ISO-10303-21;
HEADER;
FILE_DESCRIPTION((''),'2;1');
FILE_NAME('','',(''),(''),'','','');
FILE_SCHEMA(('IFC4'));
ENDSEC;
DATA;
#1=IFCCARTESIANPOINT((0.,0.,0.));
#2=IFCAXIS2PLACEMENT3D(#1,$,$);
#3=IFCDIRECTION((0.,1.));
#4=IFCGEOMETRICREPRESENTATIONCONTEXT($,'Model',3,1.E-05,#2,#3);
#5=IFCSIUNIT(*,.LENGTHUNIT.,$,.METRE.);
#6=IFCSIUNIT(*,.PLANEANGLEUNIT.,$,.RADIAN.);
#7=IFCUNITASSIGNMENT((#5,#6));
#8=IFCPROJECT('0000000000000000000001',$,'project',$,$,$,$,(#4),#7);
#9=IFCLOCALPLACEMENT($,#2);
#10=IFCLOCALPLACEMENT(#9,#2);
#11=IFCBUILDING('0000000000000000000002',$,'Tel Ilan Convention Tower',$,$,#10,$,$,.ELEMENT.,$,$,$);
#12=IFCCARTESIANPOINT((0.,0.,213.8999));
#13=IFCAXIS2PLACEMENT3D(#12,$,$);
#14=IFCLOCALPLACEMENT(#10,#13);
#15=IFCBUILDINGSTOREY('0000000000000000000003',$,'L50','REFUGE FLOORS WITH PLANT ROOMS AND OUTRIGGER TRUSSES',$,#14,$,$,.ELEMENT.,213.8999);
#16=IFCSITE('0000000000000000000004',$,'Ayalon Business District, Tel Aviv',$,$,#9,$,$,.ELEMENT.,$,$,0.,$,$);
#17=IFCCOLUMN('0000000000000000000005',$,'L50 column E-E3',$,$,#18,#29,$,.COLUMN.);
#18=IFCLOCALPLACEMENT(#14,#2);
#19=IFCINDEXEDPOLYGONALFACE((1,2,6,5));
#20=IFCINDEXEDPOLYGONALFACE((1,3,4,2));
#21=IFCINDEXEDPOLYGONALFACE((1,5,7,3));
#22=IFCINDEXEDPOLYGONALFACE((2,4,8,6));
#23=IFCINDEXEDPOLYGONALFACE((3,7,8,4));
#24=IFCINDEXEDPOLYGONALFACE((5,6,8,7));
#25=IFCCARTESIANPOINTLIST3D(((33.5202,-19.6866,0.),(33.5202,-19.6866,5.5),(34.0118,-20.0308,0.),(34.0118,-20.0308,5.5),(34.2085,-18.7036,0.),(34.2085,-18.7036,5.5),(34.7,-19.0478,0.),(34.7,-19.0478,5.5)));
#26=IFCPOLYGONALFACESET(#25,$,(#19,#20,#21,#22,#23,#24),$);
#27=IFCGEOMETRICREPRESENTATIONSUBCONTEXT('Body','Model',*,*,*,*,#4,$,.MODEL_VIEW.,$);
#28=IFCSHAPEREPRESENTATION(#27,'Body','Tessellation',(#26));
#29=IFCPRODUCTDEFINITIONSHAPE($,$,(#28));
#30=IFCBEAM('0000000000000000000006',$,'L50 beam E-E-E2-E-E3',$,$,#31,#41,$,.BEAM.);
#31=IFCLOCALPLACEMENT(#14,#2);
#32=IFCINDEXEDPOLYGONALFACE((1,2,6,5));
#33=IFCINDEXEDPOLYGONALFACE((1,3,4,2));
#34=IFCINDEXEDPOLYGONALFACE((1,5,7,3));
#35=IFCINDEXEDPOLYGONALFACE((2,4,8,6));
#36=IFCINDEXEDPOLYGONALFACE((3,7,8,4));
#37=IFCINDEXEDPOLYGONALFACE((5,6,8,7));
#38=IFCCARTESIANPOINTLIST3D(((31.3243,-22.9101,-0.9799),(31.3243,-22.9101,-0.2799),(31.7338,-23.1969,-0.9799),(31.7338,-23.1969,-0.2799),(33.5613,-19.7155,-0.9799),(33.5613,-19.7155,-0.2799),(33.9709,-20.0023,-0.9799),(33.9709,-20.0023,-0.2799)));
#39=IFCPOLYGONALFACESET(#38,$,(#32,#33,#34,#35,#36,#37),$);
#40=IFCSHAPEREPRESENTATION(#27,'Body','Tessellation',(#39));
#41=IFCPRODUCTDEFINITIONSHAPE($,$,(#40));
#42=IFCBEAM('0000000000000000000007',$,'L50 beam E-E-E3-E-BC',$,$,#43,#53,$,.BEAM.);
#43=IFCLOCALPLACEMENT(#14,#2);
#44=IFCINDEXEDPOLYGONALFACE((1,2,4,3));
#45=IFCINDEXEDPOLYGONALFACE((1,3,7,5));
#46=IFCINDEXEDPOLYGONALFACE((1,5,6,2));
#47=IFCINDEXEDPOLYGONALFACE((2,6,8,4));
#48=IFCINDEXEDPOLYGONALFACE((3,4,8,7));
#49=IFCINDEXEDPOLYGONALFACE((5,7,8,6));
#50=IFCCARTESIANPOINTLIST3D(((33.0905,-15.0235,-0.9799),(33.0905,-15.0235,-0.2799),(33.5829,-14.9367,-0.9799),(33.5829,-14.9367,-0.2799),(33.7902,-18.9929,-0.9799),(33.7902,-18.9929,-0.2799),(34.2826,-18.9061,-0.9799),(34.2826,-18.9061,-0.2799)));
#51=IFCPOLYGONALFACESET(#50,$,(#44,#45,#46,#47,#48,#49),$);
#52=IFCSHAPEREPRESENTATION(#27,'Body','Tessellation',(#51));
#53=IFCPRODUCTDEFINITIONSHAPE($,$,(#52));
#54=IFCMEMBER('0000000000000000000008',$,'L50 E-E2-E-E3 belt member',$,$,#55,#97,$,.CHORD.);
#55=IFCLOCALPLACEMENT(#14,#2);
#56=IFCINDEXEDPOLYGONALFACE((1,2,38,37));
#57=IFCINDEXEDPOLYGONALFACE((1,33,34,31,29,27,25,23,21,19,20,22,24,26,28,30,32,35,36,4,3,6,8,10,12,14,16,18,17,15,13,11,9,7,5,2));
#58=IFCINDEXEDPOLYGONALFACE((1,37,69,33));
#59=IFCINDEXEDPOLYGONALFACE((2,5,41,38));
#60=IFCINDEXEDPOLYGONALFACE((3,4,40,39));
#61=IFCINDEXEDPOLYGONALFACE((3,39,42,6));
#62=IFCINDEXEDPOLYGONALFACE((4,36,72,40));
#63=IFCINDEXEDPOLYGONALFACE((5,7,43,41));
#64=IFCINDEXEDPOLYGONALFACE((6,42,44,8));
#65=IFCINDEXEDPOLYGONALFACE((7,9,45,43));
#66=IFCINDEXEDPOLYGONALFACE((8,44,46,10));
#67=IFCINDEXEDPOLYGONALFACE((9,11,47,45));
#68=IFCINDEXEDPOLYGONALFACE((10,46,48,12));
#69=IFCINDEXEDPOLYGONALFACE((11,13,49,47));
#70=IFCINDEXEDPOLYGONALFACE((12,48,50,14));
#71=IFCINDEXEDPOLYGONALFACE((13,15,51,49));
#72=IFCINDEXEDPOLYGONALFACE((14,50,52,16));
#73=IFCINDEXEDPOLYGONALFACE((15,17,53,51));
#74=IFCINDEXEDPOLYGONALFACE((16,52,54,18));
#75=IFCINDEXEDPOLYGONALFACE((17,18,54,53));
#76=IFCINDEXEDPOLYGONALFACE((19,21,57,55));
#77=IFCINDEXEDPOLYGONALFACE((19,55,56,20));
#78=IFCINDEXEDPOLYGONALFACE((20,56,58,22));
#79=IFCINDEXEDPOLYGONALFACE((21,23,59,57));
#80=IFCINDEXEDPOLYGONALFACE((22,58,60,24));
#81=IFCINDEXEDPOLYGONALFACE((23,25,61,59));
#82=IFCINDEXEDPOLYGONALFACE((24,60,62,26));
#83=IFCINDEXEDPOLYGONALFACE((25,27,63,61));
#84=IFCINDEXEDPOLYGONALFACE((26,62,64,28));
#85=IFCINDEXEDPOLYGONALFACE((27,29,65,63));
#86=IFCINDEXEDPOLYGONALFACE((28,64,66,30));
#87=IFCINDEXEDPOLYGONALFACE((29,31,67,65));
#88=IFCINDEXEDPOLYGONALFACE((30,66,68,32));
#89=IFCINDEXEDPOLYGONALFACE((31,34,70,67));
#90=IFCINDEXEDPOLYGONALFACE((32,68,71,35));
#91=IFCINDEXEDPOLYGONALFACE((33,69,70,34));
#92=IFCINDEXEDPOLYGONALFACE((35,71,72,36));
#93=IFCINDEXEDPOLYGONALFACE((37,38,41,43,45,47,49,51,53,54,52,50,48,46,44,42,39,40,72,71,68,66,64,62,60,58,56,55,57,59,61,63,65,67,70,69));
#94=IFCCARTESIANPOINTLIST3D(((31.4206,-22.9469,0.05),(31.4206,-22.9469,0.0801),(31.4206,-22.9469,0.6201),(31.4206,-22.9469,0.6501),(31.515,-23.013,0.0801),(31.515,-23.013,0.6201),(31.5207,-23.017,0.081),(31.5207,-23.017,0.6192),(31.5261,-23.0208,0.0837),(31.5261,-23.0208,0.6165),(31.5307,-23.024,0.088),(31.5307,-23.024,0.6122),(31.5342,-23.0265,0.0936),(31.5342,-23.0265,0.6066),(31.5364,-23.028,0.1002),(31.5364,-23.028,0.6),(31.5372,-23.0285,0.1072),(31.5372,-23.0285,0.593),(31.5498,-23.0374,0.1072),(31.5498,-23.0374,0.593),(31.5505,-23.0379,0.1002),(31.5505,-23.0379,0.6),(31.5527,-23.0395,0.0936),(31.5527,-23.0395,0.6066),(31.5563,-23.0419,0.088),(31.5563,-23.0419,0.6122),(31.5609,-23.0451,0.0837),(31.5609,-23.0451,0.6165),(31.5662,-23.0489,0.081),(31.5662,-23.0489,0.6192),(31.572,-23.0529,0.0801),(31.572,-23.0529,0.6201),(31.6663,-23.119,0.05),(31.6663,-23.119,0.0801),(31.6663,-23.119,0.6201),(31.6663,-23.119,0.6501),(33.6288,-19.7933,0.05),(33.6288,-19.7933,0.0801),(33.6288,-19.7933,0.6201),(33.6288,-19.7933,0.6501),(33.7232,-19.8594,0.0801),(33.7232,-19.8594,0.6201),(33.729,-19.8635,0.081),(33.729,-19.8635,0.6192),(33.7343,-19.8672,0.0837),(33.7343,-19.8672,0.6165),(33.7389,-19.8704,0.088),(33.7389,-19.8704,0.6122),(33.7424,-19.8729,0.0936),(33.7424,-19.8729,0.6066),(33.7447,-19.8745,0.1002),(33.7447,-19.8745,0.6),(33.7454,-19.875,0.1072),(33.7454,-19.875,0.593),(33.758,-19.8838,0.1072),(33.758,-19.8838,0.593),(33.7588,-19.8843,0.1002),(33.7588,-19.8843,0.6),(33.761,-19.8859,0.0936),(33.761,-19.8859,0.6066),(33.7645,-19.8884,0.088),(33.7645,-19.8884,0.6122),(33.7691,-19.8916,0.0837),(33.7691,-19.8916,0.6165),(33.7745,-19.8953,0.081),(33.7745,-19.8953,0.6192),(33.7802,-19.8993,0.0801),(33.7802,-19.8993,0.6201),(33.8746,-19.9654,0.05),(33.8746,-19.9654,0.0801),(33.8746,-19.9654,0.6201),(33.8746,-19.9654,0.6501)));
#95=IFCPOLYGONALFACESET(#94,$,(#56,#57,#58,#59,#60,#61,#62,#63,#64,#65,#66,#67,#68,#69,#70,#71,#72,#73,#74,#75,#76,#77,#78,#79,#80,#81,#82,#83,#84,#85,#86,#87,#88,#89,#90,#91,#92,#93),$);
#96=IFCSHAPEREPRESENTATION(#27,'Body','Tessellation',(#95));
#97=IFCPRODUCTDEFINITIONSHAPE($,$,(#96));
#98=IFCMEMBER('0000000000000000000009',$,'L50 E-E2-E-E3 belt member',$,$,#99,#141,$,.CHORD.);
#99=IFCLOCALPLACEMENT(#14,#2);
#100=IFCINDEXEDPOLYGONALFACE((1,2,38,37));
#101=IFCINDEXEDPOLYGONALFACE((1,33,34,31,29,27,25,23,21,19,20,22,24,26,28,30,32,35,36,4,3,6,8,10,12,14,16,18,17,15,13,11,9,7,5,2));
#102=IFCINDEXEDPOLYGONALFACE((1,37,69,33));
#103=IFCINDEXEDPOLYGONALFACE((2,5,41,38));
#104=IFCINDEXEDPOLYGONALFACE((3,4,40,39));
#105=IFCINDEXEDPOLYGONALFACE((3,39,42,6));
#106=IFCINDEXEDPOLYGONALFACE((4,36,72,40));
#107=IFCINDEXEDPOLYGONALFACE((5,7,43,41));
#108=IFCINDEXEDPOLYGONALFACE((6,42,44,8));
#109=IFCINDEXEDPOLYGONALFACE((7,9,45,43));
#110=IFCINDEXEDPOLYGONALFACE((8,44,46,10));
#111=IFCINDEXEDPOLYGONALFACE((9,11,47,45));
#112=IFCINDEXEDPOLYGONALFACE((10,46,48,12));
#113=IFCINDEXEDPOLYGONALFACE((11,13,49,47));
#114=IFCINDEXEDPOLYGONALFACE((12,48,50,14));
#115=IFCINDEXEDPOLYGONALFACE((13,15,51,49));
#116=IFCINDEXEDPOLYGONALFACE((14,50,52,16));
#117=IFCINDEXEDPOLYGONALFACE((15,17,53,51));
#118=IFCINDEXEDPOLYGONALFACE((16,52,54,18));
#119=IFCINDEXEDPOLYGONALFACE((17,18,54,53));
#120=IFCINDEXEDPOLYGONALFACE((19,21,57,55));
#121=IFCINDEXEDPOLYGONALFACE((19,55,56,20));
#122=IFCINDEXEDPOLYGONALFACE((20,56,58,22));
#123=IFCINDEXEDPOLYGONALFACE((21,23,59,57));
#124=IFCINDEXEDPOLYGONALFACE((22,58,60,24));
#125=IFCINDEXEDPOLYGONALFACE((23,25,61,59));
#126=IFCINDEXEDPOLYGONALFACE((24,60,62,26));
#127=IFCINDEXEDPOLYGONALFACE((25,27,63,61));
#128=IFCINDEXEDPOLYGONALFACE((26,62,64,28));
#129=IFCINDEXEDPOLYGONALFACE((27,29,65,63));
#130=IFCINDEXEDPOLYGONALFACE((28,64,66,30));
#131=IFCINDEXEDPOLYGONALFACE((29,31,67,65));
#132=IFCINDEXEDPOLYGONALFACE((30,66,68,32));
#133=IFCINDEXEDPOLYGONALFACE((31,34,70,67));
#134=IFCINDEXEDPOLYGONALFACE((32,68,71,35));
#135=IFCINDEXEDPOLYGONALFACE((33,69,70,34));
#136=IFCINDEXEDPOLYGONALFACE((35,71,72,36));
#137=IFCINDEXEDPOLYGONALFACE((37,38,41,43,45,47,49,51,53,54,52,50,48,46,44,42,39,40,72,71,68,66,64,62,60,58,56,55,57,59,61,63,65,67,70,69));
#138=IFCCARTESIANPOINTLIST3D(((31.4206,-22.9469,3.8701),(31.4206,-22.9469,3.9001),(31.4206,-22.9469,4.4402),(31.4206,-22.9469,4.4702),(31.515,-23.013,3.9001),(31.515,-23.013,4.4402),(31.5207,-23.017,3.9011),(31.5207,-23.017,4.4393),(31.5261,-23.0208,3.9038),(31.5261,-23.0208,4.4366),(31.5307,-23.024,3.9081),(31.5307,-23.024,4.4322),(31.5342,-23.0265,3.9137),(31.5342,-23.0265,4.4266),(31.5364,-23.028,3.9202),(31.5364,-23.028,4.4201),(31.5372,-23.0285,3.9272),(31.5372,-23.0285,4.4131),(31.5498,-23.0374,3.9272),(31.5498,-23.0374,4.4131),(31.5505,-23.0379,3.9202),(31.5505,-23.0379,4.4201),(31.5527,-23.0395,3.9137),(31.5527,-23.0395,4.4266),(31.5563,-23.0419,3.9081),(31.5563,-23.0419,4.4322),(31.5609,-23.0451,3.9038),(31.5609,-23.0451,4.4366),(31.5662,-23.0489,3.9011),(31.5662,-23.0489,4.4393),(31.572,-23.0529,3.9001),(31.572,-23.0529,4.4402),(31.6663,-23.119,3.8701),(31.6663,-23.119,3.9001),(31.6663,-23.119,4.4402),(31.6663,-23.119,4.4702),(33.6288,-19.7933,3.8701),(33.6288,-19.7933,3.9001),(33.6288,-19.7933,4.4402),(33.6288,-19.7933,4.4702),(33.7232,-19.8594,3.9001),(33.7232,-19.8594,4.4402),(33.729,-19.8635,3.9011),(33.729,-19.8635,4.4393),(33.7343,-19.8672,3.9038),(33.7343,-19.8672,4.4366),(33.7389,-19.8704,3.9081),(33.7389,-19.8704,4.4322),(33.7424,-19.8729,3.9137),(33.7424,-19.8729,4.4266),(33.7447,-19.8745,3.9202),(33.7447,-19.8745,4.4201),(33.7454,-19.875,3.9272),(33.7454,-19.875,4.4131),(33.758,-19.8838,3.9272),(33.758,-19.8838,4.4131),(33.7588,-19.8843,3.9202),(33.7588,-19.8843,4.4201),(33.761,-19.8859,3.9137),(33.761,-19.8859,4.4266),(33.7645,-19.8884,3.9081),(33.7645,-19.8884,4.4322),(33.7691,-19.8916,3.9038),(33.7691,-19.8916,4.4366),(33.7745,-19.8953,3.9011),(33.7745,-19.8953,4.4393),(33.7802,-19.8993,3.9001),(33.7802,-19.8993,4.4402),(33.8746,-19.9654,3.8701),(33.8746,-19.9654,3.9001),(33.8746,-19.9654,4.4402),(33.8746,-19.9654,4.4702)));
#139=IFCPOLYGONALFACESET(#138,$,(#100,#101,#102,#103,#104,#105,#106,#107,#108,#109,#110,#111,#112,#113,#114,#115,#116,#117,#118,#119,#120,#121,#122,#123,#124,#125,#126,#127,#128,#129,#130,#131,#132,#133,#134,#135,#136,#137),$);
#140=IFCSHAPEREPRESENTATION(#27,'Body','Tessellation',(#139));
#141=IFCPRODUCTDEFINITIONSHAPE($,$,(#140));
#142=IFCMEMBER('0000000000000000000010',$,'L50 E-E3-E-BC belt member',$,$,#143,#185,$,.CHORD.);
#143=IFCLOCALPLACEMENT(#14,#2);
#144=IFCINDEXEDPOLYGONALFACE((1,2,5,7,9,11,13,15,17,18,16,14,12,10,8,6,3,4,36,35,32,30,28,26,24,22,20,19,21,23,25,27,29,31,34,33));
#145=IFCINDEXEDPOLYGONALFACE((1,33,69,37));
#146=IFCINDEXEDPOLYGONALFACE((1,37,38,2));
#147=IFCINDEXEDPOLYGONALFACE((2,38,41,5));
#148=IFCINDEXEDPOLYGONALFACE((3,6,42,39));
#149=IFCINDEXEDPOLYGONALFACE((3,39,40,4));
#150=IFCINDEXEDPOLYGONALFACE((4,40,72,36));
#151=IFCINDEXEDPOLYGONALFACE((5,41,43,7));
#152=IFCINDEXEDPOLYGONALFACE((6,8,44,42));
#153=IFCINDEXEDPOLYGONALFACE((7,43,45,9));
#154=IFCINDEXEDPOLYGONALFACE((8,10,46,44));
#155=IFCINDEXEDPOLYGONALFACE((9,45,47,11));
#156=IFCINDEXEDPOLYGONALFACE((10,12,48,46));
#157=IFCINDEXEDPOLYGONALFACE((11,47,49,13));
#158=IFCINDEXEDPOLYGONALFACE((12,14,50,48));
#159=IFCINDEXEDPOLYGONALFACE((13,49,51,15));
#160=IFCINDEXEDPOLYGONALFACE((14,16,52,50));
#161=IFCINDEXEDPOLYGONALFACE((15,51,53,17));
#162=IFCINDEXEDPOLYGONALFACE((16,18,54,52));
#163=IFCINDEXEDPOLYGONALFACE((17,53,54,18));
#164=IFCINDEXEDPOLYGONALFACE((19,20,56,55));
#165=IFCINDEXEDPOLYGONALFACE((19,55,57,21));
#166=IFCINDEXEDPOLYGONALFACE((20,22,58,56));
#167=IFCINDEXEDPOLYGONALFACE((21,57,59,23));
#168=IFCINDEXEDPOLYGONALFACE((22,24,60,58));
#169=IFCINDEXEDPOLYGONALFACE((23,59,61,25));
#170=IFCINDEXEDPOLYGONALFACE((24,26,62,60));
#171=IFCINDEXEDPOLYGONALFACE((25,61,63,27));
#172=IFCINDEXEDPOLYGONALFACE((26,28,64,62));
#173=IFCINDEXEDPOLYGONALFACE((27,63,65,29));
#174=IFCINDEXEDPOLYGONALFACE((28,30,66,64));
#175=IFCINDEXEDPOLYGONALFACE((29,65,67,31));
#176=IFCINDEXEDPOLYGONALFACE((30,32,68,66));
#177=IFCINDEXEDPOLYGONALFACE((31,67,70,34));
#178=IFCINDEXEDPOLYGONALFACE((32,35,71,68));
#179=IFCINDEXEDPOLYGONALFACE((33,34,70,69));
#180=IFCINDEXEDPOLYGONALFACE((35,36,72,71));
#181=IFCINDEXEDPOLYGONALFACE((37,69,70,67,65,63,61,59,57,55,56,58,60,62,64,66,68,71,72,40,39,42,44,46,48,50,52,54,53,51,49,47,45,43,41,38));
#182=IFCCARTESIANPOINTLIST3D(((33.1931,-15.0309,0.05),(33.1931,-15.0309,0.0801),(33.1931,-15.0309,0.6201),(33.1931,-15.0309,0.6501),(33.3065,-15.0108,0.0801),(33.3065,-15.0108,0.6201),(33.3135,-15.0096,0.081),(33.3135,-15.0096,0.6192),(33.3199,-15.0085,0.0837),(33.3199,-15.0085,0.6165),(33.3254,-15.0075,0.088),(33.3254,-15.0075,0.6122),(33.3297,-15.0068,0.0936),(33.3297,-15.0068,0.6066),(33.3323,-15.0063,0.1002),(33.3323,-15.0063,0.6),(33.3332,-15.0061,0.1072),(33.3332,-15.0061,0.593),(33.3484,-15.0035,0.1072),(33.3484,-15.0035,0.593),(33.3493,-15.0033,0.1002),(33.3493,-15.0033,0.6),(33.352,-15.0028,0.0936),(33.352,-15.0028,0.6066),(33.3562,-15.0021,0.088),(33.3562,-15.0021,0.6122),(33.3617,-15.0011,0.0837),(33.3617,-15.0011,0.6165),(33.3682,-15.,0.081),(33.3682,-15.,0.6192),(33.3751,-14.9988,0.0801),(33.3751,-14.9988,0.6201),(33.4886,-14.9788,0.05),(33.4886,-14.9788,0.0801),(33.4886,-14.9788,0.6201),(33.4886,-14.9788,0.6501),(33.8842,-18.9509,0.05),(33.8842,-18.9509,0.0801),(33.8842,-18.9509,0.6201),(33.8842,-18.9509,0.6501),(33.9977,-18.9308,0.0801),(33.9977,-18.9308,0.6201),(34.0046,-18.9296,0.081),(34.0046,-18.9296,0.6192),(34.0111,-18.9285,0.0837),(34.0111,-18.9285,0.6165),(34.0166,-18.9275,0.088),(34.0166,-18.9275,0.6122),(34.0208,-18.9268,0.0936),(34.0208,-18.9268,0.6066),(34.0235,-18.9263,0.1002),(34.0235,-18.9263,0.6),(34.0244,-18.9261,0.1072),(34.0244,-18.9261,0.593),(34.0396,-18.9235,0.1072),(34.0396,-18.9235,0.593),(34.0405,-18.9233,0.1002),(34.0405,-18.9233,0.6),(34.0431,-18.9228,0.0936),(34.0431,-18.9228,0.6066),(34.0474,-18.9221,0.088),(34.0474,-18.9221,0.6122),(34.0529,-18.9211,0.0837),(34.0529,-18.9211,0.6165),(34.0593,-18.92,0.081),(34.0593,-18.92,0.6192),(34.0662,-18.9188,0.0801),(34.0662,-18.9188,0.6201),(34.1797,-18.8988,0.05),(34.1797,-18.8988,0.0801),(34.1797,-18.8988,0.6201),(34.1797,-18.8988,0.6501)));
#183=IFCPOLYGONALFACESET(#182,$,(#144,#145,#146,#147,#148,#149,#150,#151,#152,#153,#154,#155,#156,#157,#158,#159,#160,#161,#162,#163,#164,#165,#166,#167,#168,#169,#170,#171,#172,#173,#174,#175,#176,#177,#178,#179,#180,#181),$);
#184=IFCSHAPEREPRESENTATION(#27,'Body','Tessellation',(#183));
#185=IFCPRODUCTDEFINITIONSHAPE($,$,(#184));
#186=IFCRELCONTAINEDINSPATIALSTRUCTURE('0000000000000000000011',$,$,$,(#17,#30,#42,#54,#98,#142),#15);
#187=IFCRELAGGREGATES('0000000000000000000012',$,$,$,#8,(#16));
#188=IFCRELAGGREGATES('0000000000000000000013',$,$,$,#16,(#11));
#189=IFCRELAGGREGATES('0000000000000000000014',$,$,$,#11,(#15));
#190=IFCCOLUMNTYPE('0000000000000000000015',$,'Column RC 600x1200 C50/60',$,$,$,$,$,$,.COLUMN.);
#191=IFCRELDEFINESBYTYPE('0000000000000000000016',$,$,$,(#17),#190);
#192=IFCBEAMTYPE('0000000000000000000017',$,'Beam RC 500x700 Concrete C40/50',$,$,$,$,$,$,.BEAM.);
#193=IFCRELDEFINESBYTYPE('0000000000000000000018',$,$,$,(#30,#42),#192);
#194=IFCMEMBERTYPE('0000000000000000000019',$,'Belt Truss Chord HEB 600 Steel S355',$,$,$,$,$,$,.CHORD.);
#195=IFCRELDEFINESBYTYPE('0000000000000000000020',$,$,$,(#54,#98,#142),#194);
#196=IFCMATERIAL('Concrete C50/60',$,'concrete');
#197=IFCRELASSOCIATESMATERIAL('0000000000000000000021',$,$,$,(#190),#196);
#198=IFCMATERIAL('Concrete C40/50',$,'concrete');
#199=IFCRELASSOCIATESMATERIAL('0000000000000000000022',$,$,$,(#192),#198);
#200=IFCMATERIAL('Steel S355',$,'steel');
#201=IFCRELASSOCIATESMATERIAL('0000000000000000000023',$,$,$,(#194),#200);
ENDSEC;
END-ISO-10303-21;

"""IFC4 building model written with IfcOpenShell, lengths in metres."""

from ifc_helpers import new_model, si_unit, direction, frame, origin, origin_2d, place, context, subcontext, project, spatial, rectangle, i_section, extrude, material, material_profile, profile_set, type_object, element, save


model = new_model("IFC4")

# Units and contexts
model_context = context("Model", 3, precision=1e-05, world=origin(), true_north=direction((0.0, 1.0)))
body_context = subcontext(model_context, "Body", "Model", "MODEL_VIEW")
ifc_project = project(units=[si_unit("LENGTHUNIT", "METRE"), si_unit("PLANEANGLEUNIT", "RADIAN")], contexts=[model_context])

# Site, building, storey
site_placement = place(None, origin())
site = spatial("IfcSite", under=ifc_project, at=site_placement, Name="Ayalon Business District, Tel Aviv", CompositionType="ELEMENT", RefElevation=0.0)
building_placement = place(site_placement, origin())
building = spatial("IfcBuilding", under=site, at=building_placement, Name="Tel Ilan Convention Tower", CompositionType="ELEMENT")
storey_placement = place(building_placement, frame((0.0, 0.0, 213.8999)))
storey = spatial("IfcBuildingStorey", under=building, at=storey_placement, Name="L50", Description="REFUGE FLOORS WITH PLANT ROOMS AND OUTRIGGER TRUSSES", CompositionType="ELEMENT", Elevation=213.8999)

# Column
ifc_material_1 = material(Name="Concrete C50/60", Category="concrete")
ifc_material_profile_1 = material_profile(ifc_material_1, rectangle(XDim=1.2, YDim=0.6001, at=origin_2d()), Name="RC 600x1200")
ifc_profile_set_1 = profile_set([ifc_material_profile_1], Name="Concrete C50/60")
column_type = type_object("IfcColumnType", Name="Column RC 600x1200 C50/60", PredefinedType="COLUMN", material=ifc_profile_set_1)
column_placement = place(storey_placement, frame((34.1101, -19.3672, 0.0), z_axis=(0.0, 0.0, 1.0), x_axis=(0.573576, 0.819152, 0.0)))
element("IfcColumn", 1, at=column_placement, inside=storey, type_object=column_type, Name="L50 column E-E3", PredefinedType="COLUMN", context=body_context, shape_type="SweptSolid", body=[
    extrude(rectangle(XDim=1.2, YDim=0.6001, at=origin_2d()), origin(), (0.0, 0.0, 1.0), 5.5),
])

# Beams
ifc_material_2 = material(Name="Concrete C40/50", Category="concrete")
ifc_material_profile_2 = material_profile(ifc_material_2, rectangle(XDim=0.5, YDim=0.7, at=origin_2d()), Name="RC 500x700")
ifc_profile_set_2 = profile_set([ifc_material_profile_2], Name="Concrete C40/50")
beam_type = type_object("IfcBeamType", Name="Beam RC 500x700 Concrete C40/50", PredefinedType="BEAM", material=ifc_profile_set_2)
beam_1_placement = place(storey_placement, frame((31.5291, -23.0535, -0.6299), z_axis=(0.573609, 0.819129, 0.0), x_axis=(-0.819129, 0.573609, 0.0)))
element("IfcBeam", 2, at=beam_1_placement, inside=storey, type_object=beam_type, Name="L50 beam E-E-E2-E-E3", PredefinedType="BEAM", context=body_context, shape_type="SweptSolid", body=[
    extrude(rectangle(XDim=0.5, YDim=0.7, at=origin_2d()), origin(), (0.0, 0.0, 1.0), 3.8999),
])
beam_2_placement = place(storey_placement, frame((34.0364, -18.9495, -0.6299), z_axis=(-0.173606, 0.984815, 0.0), x_axis=(-0.984815, -0.173606, 0.0)))
element("IfcBeam", 3, at=beam_2_placement, inside=storey, type_object=beam_type, Name="L50 beam E-E-E3-E-BC", PredefinedType="BEAM", context=body_context, shape_type="SweptSolid", body=[
    extrude(rectangle(XDim=0.5, YDim=0.7, at=origin_2d()), origin(), (0.0, 0.0, 1.0), 4.0305),
])

# Members
ifc_material_3 = material(Name="Steel S355", Category="steel")
ifc_material_profile_3 = material_profile(ifc_material_3, i_section(OverallWidth=0.3, OverallDepth=0.6001, WebThickness=0.0154, FlangeThickness=0.03, FilletRadius=0.0271, at=origin_2d()), Name="HEB 600")
ifc_profile_set_3 = profile_set([ifc_material_profile_3], Name="Steel S355")
member_type_1 = type_object("IfcMemberType", Name="Belt Truss Chord HEB 600 Steel S355", PredefinedType="CHORD", material=ifc_profile_set_3)
for number, where, z_axis, x_axis, name in (
    (4, (31.5435, -23.033, 0.3501), (0.573594, 0.81914, 0.0), (-0.81914, 0.573594, 0.0), "L50 E-E2-E-E3 belt member"),
    (5, (31.5435, -23.033, 4.1702), (0.573594, 0.81914, 0.0), (-0.81914, 0.573594, 0.0), "L50 E-E2-E-E3 belt member"),
):
    element("IfcMember", number, at=place(storey_placement, frame(where, z_axis=z_axis, x_axis=x_axis)), inside=storey, type_object=member_type_1, Name=name, PredefinedType="CHORD", context=body_context, shape_type="SweptSolid", body=[
        extrude(i_section(OverallWidth=0.3, OverallDepth=0.6001, WebThickness=0.0154, FlangeThickness=0.03, FilletRadius=0.0271, at=origin_2d()), origin(), (0.0, 0.0, 1.0), 3.8499),
    ])
for number, where, z_axis, x_axis, name in (
    (6, (34.032, -18.9248, 0.3501), (-0.173642, 0.984809, 0.0), (-0.984809, -0.173642, 0.0), "L50 E-E3-E-BC belt member"),
):
    element("IfcMember", number, at=place(storey_placement, frame(where, z_axis=z_axis, x_axis=x_axis)), inside=storey, type_object=member_type_1, Name=name, PredefinedType="CHORD", context=body_context, shape_type="SweptSolid", body=[
        extrude(i_section(OverallWidth=0.3, OverallDepth=0.6001, WebThickness=0.0154, FlangeThickness=0.03, FilletRadius=0.0271, at=origin_2d()), origin(), (0.0, 0.0, 1.0), 3.9805),
    ])

save(model, "model.ifc")
